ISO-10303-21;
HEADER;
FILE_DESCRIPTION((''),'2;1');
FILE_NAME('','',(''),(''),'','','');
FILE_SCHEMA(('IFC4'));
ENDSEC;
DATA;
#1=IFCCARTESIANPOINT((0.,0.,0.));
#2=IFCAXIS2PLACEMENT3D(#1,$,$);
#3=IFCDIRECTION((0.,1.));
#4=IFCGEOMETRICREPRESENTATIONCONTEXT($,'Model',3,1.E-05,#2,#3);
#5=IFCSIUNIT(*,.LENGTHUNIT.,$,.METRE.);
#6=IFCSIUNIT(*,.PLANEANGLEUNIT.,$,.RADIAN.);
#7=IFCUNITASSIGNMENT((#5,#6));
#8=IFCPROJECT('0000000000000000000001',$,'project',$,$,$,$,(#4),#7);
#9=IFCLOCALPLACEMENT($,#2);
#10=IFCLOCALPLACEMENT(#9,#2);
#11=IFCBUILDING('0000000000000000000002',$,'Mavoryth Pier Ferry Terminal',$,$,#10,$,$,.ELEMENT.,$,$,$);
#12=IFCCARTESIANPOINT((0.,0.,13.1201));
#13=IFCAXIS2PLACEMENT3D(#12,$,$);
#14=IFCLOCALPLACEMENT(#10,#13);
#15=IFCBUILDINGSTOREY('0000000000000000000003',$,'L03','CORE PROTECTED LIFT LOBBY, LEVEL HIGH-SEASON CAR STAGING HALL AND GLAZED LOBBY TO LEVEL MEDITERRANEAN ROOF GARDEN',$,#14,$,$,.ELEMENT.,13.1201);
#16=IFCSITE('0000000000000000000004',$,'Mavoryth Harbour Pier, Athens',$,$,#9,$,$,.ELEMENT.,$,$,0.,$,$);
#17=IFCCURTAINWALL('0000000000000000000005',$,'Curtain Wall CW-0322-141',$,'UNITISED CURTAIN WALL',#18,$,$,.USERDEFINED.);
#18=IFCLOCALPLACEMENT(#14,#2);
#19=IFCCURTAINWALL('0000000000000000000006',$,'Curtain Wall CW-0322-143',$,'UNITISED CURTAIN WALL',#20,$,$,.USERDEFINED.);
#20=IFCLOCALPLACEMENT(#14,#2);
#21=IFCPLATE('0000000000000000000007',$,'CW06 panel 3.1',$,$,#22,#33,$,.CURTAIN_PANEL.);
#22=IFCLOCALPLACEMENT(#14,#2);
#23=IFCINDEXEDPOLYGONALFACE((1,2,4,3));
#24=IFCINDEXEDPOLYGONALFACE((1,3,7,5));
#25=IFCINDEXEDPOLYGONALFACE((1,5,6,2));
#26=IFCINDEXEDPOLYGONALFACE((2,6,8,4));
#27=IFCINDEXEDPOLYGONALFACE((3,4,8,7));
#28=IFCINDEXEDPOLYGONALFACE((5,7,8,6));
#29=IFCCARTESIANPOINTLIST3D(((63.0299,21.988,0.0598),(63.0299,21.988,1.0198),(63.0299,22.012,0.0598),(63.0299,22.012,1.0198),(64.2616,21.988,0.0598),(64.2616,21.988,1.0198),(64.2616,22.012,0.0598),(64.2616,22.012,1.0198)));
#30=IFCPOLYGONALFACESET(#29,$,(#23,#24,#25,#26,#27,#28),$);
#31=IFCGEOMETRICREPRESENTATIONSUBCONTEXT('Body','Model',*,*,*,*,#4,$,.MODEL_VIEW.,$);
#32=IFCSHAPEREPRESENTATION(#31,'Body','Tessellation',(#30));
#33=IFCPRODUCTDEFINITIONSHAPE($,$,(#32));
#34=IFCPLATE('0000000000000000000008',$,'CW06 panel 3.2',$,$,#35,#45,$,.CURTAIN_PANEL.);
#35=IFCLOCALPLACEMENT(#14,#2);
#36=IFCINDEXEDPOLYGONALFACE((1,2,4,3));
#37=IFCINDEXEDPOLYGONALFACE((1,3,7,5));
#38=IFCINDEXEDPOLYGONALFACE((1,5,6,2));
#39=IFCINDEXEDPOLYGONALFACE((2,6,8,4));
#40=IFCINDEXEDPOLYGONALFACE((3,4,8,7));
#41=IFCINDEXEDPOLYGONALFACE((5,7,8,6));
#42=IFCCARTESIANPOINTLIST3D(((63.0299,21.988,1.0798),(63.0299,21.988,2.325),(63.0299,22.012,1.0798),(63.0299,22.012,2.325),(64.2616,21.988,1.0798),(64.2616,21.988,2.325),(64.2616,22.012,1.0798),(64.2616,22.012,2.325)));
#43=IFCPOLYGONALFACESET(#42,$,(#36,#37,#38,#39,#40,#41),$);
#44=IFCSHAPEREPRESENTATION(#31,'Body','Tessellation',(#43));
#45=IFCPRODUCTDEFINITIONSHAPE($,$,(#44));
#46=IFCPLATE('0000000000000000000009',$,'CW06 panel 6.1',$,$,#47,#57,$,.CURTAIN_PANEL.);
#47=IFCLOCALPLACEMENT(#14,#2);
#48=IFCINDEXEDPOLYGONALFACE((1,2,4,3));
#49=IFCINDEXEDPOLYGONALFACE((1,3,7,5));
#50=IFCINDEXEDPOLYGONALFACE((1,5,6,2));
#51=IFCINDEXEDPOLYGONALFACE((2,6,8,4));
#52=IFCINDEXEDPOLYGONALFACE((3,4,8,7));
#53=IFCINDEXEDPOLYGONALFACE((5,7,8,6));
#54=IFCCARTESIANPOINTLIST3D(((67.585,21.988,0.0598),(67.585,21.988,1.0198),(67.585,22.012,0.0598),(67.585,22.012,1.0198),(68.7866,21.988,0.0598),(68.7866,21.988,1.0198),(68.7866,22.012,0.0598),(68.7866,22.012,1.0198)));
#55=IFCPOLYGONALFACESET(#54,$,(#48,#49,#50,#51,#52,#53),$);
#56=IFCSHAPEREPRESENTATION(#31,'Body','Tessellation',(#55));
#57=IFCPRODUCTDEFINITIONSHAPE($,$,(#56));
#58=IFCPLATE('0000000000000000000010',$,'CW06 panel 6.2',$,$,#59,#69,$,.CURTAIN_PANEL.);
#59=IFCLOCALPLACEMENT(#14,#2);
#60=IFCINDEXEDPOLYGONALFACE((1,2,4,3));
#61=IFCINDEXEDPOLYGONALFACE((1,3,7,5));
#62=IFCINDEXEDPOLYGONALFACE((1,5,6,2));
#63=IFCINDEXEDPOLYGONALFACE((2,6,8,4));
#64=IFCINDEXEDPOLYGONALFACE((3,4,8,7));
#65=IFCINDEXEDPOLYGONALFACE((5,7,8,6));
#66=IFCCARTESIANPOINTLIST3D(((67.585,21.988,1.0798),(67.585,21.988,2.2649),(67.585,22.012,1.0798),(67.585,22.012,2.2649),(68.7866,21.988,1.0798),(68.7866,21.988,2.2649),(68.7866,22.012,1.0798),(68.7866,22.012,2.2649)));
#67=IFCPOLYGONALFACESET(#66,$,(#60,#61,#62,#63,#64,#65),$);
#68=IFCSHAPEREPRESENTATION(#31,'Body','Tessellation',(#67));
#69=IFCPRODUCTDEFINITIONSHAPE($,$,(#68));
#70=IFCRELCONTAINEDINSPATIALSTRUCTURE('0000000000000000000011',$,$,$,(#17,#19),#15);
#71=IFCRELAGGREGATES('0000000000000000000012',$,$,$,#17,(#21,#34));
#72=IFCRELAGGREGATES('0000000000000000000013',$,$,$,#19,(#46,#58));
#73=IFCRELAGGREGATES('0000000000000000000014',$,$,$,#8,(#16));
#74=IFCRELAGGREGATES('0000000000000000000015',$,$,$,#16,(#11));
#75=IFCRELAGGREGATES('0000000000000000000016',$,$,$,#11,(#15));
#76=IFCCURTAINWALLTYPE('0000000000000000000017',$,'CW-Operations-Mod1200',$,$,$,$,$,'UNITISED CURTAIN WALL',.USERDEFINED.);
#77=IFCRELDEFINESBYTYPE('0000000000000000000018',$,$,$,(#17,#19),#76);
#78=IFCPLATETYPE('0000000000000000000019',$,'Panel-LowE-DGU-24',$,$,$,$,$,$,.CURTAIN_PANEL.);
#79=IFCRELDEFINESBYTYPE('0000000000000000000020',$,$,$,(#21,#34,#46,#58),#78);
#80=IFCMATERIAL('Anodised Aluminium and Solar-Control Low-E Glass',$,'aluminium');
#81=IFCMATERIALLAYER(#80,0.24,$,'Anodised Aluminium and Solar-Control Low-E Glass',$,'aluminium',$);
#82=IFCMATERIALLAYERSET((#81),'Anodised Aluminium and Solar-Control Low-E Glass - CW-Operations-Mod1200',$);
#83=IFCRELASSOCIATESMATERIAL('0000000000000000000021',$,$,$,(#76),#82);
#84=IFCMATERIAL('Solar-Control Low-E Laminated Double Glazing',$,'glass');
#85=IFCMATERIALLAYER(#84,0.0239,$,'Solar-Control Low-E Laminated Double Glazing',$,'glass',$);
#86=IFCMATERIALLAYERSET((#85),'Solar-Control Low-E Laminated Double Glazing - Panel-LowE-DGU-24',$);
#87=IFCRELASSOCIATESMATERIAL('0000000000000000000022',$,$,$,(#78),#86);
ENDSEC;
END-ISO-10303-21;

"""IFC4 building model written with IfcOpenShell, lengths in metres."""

from ifc_helpers import new_model, si_unit, direction, frame, origin, origin_2d, place, context, subcontext, project, spatial, rectangle, extrude, material, layer, layer_set, type_object, element, aggregate, save


model = new_model("IFC4")

# Units and contexts
model_context = context("Model", 3, precision=1e-05, world=origin(), true_north=direction((0.0, 1.0)))
body_context = subcontext(model_context, "Body", "Model", "MODEL_VIEW")
ifc_project = project(units=[si_unit("LENGTHUNIT", "METRE"), si_unit("PLANEANGLEUNIT", "RADIAN")], contexts=[model_context])

# Site, building, storey
site_placement = place(None, origin())
site = spatial("IfcSite", under=ifc_project, at=site_placement, Name="Mavoryth Harbour Pier, Athens", CompositionType="ELEMENT", RefElevation=0.0)
building_placement = place(site_placement, origin())
building = spatial("IfcBuilding", under=site, at=building_placement, Name="Mavoryth Pier Ferry Terminal", CompositionType="ELEMENT")
storey_placement = place(building_placement, frame((0.0, 0.0, 13.1201)))
storey = spatial("IfcBuildingStorey", under=building, at=storey_placement, Name="L03", Description="CORE PROTECTED LIFT LOBBY, LEVEL HIGH-SEASON CAR STAGING HALL AND GLAZED LOBBY TO LEVEL MEDITERRANEAN ROOF GARDEN", CompositionType="ELEMENT", Elevation=13.1201)

# Curtain walls
ifc_material_1 = material(Name="Anodised Aluminium and Solar-Control Low-E Glass", Category="aluminium")
ifc_layer_1 = layer(ifc_material_1, 0.24, Name="Anodised Aluminium and Solar-Control Low-E Glass", Category="aluminium")
ifc_layer_set_1 = layer_set([ifc_layer_1], Name="Anodised Aluminium and Solar-Control Low-E Glass - CW-Operations-Mod1200")
curtain_wall_type = type_object("IfcCurtainWallType", Name="CW-Operations-Mod1200", ElementType="UNITISED CURTAIN WALL", PredefinedType="USERDEFINED", material=ifc_layer_set_1)
curtain_wall_1_placement = place(storey_placement, origin())
curtain_wall_1 = element("IfcCurtainWall", 1, at=curtain_wall_1_placement, inside=storey, type_object=curtain_wall_type, Name="Curtain Wall CW-0322-141", ObjectType="UNITISED CURTAIN WALL", PredefinedType="USERDEFINED")
curtain_wall_2_placement = place(storey_placement, origin())
curtain_wall_2 = element("IfcCurtainWall", 2, at=curtain_wall_2_placement, inside=storey, type_object=curtain_wall_type, Name="Curtain Wall CW-0322-143", ObjectType="UNITISED CURTAIN WALL", PredefinedType="USERDEFINED")

# Plates
ifc_material_2 = material(Name="Solar-Control Low-E Laminated Double Glazing", Category="glass")
ifc_layer_2 = layer(ifc_material_2, 0.0239, Name="Solar-Control Low-E Laminated Double Glazing", Category="glass")
ifc_layer_set_2 = layer_set([ifc_layer_2], Name="Solar-Control Low-E Laminated Double Glazing - Panel-LowE-DGU-24")
plate_type = type_object("IfcPlateType", Name="Panel-LowE-DGU-24", PredefinedType="CURTAIN_PANEL", material=ifc_layer_set_2)
plate_1_placement = place(storey_placement, frame((63.6458, 22.0, 0.0598), z_axis=(0.0, 0.0, 1.0), x_axis=(-1.0, 0.0, 0.0)))
plate_1 = element("IfcPlate", 3, at=plate_1_placement, type_object=plate_type, Name="CW06 panel 3.1", PredefinedType="CURTAIN_PANEL", context=body_context, shape_type="SweptSolid", body=[
    extrude(rectangle(XDim=1.2317, YDim=0.0239, at=origin_2d()), origin(), (0.0, 0.0, 1.0), 0.96),
])
plate_2_placement = place(storey_placement, frame((63.6458, 22.0, 1.0798), z_axis=(0.0, 0.0, 1.0), x_axis=(-1.0, 0.0, 0.0)))
plate_2 = element("IfcPlate", 4, at=plate_2_placement, type_object=plate_type, Name="CW06 panel 3.2", PredefinedType="CURTAIN_PANEL", context=body_context, shape_type="SweptSolid", body=[
    extrude(rectangle(XDim=1.2317, YDim=0.0239, at=origin_2d()), origin(), (0.0, 0.0, 1.0), 1.2451),
])
aggregate(curtain_wall_1, [plate_1, plate_2])
plate_3_placement = place(storey_placement, frame((68.1858, 22.0, 0.0598), z_axis=(0.0, 0.0, 1.0), x_axis=(-1.0, 0.0, 0.0)))
plate_3 = element("IfcPlate", 5, at=plate_3_placement, type_object=plate_type, Name="CW06 panel 6.1", PredefinedType="CURTAIN_PANEL", context=body_context, shape_type="SweptSolid", body=[
    extrude(rectangle(XDim=1.2017, YDim=0.0239, at=origin_2d()), origin(), (0.0, 0.0, 1.0), 0.96),
])
plate_4_placement = place(storey_placement, frame((68.1858, 22.0, 1.0798), z_axis=(0.0, 0.0, 1.0), x_axis=(-1.0, 0.0, 0.0)))
plate_4 = element("IfcPlate", 6, at=plate_4_placement, type_object=plate_type, Name="CW06 panel 6.2", PredefinedType="CURTAIN_PANEL", context=body_context, shape_type="SweptSolid", body=[
    extrude(rectangle(XDim=1.2017, YDim=0.0239, at=origin_2d()), origin(), (0.0, 0.0, 1.0), 1.1851),
])
aggregate(curtain_wall_2, [plate_3, plate_4])

save(model, "model.ifc")
